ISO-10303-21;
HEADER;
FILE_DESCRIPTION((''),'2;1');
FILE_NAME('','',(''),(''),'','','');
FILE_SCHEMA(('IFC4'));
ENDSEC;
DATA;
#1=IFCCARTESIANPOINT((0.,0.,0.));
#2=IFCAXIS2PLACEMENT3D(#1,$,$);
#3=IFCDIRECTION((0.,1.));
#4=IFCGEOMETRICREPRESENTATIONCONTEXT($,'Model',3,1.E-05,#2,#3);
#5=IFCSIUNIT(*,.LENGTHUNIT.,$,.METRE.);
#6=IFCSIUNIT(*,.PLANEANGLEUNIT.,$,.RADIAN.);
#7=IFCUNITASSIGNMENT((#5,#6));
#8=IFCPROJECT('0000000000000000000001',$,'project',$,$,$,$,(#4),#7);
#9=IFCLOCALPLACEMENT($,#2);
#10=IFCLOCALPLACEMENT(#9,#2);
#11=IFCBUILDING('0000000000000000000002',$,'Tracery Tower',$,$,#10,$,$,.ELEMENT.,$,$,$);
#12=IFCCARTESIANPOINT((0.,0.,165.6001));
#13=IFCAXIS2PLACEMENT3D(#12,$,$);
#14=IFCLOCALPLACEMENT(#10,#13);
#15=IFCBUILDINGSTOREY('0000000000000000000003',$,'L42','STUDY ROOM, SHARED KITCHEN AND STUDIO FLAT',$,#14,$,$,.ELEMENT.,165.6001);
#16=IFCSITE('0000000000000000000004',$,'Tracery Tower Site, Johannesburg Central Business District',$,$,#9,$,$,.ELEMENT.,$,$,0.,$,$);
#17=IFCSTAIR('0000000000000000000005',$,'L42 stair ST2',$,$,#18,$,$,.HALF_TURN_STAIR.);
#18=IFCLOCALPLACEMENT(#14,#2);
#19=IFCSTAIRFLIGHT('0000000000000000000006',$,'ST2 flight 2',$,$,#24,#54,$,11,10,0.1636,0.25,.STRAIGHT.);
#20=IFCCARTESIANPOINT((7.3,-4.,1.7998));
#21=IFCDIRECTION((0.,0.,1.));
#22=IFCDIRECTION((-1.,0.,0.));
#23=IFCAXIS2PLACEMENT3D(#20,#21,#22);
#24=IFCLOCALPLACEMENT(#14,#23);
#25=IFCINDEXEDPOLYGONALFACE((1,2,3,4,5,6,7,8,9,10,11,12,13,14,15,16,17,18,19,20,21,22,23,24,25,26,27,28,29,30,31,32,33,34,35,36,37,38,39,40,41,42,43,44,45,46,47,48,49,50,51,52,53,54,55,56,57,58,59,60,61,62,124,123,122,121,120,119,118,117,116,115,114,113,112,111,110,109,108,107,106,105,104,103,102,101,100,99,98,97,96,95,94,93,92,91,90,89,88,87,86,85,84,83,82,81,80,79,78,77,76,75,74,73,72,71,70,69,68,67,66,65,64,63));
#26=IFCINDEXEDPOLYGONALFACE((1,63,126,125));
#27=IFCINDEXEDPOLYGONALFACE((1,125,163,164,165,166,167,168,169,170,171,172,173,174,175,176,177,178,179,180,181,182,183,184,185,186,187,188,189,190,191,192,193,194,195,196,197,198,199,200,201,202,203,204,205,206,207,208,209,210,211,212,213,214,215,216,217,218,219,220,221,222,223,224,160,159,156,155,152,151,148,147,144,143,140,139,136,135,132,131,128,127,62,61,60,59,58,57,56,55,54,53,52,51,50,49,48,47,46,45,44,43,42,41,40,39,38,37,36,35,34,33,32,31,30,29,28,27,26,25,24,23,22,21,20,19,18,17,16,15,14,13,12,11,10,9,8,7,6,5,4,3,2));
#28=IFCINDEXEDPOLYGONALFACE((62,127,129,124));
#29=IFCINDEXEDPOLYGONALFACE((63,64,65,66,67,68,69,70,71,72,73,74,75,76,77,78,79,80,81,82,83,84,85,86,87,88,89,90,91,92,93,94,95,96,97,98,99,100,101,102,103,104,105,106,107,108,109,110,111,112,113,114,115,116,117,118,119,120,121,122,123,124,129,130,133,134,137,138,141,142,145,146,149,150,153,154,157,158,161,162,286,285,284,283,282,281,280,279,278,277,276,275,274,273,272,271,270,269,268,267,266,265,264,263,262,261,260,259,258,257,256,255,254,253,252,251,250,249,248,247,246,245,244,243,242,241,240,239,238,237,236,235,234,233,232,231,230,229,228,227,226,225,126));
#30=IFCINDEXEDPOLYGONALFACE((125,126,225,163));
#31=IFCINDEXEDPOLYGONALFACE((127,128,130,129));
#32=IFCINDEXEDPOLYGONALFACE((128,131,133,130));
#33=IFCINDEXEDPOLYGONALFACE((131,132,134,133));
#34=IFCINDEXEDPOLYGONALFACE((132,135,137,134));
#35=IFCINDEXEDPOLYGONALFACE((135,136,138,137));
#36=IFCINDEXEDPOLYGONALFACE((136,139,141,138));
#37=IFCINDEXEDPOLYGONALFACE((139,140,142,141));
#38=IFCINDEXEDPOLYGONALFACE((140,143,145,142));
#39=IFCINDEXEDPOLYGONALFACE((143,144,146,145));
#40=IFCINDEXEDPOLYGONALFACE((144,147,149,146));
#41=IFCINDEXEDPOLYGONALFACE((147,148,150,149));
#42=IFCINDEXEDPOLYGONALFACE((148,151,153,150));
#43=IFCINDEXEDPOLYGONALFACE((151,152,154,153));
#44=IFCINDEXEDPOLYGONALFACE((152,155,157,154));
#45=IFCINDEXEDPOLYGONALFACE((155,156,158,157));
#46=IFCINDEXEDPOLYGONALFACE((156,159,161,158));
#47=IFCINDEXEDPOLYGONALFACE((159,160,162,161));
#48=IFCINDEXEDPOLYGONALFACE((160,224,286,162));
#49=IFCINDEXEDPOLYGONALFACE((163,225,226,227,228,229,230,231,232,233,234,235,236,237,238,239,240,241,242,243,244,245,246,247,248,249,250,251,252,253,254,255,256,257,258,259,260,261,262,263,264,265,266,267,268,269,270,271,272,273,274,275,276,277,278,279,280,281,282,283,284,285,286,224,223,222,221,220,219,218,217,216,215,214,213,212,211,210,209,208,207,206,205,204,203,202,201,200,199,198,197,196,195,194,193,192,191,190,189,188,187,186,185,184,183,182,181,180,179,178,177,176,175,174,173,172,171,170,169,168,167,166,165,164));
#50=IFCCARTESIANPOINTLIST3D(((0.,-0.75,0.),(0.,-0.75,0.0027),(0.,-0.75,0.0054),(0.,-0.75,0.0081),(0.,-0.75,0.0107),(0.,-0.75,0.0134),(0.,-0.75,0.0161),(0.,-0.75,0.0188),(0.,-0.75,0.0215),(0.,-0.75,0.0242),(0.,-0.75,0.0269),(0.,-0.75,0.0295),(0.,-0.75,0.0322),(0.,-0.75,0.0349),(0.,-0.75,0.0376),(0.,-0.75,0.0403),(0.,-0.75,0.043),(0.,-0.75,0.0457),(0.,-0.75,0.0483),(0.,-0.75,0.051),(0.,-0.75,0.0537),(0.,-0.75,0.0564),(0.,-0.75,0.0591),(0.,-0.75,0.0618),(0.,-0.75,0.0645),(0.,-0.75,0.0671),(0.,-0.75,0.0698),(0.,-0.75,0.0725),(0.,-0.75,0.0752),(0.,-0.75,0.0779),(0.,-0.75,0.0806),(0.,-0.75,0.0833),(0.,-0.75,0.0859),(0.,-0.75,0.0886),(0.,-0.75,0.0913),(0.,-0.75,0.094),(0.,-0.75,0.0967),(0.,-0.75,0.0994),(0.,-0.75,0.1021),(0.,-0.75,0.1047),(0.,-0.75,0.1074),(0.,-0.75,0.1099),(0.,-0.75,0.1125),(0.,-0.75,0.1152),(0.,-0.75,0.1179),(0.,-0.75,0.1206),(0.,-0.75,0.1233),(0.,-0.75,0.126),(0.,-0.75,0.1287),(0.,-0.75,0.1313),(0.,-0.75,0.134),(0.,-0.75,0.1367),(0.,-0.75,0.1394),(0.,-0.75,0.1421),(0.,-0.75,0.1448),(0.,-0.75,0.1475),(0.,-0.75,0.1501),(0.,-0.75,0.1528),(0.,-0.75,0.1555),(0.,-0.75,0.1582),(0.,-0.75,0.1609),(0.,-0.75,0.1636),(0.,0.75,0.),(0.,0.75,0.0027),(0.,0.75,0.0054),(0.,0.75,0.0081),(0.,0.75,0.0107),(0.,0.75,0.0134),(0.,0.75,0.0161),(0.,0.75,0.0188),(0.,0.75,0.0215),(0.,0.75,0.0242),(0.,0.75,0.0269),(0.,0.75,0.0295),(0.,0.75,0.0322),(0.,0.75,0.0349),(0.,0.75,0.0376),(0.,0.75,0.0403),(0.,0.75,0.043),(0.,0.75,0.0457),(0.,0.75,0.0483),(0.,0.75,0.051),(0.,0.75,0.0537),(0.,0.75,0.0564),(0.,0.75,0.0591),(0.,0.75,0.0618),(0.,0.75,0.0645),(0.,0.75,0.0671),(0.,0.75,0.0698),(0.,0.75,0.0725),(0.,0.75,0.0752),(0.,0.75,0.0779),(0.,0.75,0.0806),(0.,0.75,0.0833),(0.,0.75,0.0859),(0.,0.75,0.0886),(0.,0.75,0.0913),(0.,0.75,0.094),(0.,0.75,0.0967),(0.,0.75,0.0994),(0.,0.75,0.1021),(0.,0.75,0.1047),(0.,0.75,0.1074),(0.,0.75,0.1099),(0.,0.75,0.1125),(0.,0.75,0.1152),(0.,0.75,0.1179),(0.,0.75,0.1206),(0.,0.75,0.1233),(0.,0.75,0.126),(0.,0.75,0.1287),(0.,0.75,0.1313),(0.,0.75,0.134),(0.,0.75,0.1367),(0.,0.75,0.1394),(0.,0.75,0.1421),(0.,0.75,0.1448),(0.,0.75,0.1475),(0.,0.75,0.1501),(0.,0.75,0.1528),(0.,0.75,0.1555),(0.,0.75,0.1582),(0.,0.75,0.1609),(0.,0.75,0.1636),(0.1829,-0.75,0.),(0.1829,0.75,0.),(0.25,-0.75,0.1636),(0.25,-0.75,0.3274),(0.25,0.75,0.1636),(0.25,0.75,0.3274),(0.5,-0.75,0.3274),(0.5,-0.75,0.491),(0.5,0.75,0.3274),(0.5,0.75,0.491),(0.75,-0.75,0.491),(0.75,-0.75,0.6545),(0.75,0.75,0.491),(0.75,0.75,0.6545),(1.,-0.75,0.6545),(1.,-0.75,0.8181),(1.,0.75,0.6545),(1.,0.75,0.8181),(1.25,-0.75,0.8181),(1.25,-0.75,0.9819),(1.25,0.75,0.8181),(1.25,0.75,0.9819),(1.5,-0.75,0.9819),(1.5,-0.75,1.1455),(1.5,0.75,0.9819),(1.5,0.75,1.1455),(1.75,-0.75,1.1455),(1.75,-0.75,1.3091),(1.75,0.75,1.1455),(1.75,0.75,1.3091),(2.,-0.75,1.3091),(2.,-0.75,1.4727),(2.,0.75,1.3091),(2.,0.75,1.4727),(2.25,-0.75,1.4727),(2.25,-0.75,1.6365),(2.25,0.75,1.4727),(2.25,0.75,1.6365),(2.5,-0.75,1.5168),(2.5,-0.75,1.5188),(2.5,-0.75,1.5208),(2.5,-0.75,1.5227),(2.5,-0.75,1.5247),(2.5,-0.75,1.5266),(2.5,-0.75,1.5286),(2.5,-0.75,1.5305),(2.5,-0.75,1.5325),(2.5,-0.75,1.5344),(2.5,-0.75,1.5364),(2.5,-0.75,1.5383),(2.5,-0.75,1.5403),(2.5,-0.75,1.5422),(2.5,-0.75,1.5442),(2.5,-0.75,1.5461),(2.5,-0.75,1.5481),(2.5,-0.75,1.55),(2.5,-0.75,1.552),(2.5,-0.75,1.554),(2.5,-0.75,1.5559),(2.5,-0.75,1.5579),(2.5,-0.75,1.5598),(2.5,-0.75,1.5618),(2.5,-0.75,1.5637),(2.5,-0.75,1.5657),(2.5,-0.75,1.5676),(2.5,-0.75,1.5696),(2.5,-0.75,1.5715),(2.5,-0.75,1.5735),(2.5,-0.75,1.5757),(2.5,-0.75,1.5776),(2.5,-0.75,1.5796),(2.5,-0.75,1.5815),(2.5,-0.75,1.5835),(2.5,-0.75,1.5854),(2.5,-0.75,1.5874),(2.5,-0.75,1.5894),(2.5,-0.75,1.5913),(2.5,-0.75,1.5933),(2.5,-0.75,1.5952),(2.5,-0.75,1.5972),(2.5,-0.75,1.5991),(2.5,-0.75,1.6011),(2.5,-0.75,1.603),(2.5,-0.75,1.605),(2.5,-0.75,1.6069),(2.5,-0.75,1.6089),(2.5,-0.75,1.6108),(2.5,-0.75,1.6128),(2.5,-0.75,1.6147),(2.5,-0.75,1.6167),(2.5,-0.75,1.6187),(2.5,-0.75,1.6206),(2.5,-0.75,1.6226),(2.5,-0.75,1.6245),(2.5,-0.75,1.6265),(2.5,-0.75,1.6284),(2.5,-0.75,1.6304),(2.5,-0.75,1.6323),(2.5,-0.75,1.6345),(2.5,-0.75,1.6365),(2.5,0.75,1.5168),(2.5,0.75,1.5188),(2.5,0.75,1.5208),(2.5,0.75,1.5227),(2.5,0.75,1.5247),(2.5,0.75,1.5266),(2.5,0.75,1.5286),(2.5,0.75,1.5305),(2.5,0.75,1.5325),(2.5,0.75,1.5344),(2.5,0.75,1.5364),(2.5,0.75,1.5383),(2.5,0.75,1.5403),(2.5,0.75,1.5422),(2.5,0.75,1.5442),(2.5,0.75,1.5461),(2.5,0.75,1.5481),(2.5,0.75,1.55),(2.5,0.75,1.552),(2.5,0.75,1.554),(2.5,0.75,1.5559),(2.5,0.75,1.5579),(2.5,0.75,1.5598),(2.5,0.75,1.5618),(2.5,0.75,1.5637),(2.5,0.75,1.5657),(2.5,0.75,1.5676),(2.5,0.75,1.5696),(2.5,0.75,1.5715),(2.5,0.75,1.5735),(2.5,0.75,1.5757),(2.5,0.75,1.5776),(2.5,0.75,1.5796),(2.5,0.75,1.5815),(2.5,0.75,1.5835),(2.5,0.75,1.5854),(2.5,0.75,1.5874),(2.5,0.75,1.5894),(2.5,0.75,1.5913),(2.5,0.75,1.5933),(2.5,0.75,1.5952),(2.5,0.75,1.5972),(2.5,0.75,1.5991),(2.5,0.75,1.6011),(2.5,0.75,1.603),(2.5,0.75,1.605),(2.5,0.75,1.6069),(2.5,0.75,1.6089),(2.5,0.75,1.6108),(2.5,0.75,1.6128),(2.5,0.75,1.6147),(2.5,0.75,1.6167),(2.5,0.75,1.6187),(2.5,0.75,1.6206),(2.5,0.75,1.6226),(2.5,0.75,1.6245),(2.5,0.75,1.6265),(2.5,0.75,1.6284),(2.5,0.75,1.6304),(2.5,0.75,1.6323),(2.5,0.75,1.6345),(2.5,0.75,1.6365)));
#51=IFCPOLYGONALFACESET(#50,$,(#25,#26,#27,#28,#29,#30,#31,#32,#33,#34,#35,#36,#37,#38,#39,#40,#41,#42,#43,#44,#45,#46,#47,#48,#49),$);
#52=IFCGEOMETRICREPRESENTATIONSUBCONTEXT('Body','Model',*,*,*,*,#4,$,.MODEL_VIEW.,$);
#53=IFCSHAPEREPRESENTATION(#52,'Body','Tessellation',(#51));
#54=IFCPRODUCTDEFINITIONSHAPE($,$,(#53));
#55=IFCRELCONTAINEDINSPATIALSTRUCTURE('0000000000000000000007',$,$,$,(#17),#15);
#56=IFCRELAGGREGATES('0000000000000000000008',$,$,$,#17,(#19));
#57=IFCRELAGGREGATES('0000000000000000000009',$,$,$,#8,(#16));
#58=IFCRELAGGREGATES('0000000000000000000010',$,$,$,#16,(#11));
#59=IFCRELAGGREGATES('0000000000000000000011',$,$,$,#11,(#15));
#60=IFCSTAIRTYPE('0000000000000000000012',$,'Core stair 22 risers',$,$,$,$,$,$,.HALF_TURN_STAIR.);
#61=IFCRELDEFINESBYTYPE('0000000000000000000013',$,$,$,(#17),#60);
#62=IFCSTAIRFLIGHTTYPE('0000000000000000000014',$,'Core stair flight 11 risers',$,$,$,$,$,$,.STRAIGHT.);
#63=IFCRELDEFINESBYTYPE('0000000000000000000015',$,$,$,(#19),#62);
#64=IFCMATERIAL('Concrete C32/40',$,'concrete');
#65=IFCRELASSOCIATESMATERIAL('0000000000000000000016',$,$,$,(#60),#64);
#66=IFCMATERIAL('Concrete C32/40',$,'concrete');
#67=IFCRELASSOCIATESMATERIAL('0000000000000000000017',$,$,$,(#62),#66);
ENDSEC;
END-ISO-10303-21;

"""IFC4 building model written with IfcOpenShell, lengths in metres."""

from ifc_helpers import new_model, si_unit, direction, frame, origin, place, context, subcontext, project, spatial, polyline, outline, extrude, material, type_object, element, aggregate, save


model = new_model("IFC4")

# Units and contexts
model_context = context("Model", 3, precision=1e-05, world=origin(), true_north=direction((0.0, 1.0)))
body_context = subcontext(model_context, "Body", "Model", "MODEL_VIEW")
ifc_project = project(units=[si_unit("LENGTHUNIT", "METRE"), si_unit("PLANEANGLEUNIT", "RADIAN")], contexts=[model_context])

# Site, building, storey
site_placement = place(None, origin())
site = spatial("IfcSite", under=ifc_project, at=site_placement, Name="Tracery Tower Site, Johannesburg Central Business District", CompositionType="ELEMENT", RefElevation=0.0)
building_placement = place(site_placement, origin())
building = spatial("IfcBuilding", under=site, at=building_placement, Name="Tracery Tower", CompositionType="ELEMENT")
storey_placement = place(building_placement, frame((0.0, 0.0, 165.6001)))
storey = spatial("IfcBuildingStorey", under=building, at=storey_placement, Name="L42", Description="STUDY ROOM, SHARED KITCHEN AND STUDIO FLAT", CompositionType="ELEMENT", Elevation=165.6001)

# Stair
ifc_material_1 = material(Name="Concrete C32/40", Category="concrete")
stair_type = type_object("IfcStairType", Name="Core stair 22 risers", PredefinedType="HALF_TURN_STAIR", material=ifc_material_1)
stair_1_placement = place(storey_placement, origin())
stair_1 = element("IfcStair", 1, at=stair_1_placement, inside=storey, type_object=stair_type, Name="L42 stair ST2", PredefinedType="HALF_TURN_STAIR")

# Stair flight
ifc_material_2 = material(Name="Concrete C32/40", Category="concrete")
stair_flight_type = type_object("IfcStairFlightType", Name="Core stair flight 11 risers", PredefinedType="STRAIGHT", material=ifc_material_2)
stair_flight_1_placement = place(storey_placement, frame((7.3, -4.0, 1.7998), z_axis=(0.0, 0.0, 1.0), x_axis=(-1.0, 0.0, 0.0)))
stair_flight_1 = element("IfcStairFlight", 2, at=stair_flight_1_placement, type_object=stair_flight_type, Name="ST2 flight 2", NumberOfRisers=11, NumberOfTreads=10, PredefinedType="STRAIGHT", RiserHeight=0.1636, TreadLength=0.25, context=body_context, shape_type="SweptSolid", body=[
    extrude(outline(polyline([(0.0, 0.0), (0.0, 0.0027), (0.0, 0.0054), (0.0, 0.0081), (0.0, 0.0107), (0.0, 0.0134), (0.0, 0.0161), (0.0, 0.0188), (0.0, 0.0215), (0.0, 0.0242), (0.0, 0.0269), (0.0, 0.0295), (0.0, 0.0322), (0.0, 0.0349), (0.0, 0.0376), (0.0, 0.0403), (0.0, 0.043), (0.0, 0.0457), (0.0, 0.0483), (0.0, 0.051), (0.0, 0.0537), (0.0, 0.0564), (0.0, 0.0591), (0.0, 0.0618), (0.0, 0.0645), (0.0, 0.0671), (0.0, 0.0698), (0.0, 0.0725), (0.0, 0.0752), (0.0, 0.0779), (0.0, 0.0806), (0.0, 0.0833), (0.0, 0.0859), (0.0, 0.0886), (0.0, 0.0913), (0.0, 0.094), (0.0, 0.0967), (0.0, 0.0994), (0.0, 0.1021), (0.0, 0.1047), (0.0, 0.1074), (0.0, 0.1099), (0.0, 0.1125), (0.0, 0.1152), (0.0, 0.1179), (0.0, 0.1206), (0.0, 0.1233), (0.0, 0.126), (0.0, 0.1287), (0.0, 0.1313), (0.0, 0.134), (0.0, 0.1367), (0.0, 0.1394), (0.0, 0.1421), (0.0, 0.1448), (0.0, 0.1475), (0.0, 0.1501), (0.0, 0.1528), (0.0, 0.1555), (0.0, 0.1582), (0.0, 0.1609), (0.0, 0.1636), (0.25, 0.1636), (0.25, 0.3274), (0.5, 0.3274), (0.5, 0.491), (0.75, 0.491), (0.75, 0.6545), (1.0, 0.6545), (1.0, 0.8181), (1.25, 0.8181), (1.25, 0.9819), (1.5, 0.9819), (1.5, 1.1455), (1.75, 1.1455), (1.75, 1.3091), (2.0, 1.3091), (2.0, 1.4727), (2.25, 1.4727), (2.25, 1.6365), (2.5, 1.6365), (2.5, 1.6345), (2.5, 1.6323), (2.5, 1.6304), (2.5, 1.6284), (2.5, 1.6265), (2.5, 1.6245), (2.5, 1.6226), (2.5, 1.6206), (2.5, 1.6187), (2.5, 1.6167), (2.5, 1.6147), (2.5, 1.6128), (2.5, 1.6108), (2.5, 1.6089), (2.5, 1.6069), (2.5, 1.605), (2.5, 1.603), (2.5, 1.6011), (2.5, 1.5991), (2.5, 1.5972), (2.5, 1.5952), (2.5, 1.5933), (2.5, 1.5913), (2.5, 1.5894), (2.5, 1.5874), (2.5, 1.5854), (2.5, 1.5835), (2.5, 1.5815), (2.5, 1.5796), (2.5, 1.5776), (2.5, 1.5757), (2.5, 1.5735), (2.5, 1.5715), (2.5, 1.5696), (2.5, 1.5676), (2.5, 1.5657), (2.5, 1.5637), (2.5, 1.5618), (2.5, 1.5598), (2.5, 1.5579), (2.5, 1.5559), (2.5, 1.554), (2.5, 1.552), (2.5, 1.55), (2.5, 1.5481), (2.5, 1.5461), (2.5, 1.5442), (2.5, 1.5422), (2.5, 1.5403), (2.5, 1.5383), (2.5, 1.5364), (2.5, 1.5344), (2.5, 1.5325), (2.5, 1.5305), (2.5, 1.5286), (2.5, 1.5266), (2.5, 1.5247), (2.5, 1.5227), (2.5, 1.5208), (2.5, 1.5188), (2.5, 1.5168), (0.1829, 0.0), (0.0, 0.0)])), frame((0.0, 0.75, 0.0), z_axis=(0.0, -1.0, 0.0), x_axis=(1.0, 0.0, 0.0)), (0.0, 0.0, 1.0), 1.5),
])
aggregate(stair_1, [stair_flight_1])

save(model, "model.ifc")
